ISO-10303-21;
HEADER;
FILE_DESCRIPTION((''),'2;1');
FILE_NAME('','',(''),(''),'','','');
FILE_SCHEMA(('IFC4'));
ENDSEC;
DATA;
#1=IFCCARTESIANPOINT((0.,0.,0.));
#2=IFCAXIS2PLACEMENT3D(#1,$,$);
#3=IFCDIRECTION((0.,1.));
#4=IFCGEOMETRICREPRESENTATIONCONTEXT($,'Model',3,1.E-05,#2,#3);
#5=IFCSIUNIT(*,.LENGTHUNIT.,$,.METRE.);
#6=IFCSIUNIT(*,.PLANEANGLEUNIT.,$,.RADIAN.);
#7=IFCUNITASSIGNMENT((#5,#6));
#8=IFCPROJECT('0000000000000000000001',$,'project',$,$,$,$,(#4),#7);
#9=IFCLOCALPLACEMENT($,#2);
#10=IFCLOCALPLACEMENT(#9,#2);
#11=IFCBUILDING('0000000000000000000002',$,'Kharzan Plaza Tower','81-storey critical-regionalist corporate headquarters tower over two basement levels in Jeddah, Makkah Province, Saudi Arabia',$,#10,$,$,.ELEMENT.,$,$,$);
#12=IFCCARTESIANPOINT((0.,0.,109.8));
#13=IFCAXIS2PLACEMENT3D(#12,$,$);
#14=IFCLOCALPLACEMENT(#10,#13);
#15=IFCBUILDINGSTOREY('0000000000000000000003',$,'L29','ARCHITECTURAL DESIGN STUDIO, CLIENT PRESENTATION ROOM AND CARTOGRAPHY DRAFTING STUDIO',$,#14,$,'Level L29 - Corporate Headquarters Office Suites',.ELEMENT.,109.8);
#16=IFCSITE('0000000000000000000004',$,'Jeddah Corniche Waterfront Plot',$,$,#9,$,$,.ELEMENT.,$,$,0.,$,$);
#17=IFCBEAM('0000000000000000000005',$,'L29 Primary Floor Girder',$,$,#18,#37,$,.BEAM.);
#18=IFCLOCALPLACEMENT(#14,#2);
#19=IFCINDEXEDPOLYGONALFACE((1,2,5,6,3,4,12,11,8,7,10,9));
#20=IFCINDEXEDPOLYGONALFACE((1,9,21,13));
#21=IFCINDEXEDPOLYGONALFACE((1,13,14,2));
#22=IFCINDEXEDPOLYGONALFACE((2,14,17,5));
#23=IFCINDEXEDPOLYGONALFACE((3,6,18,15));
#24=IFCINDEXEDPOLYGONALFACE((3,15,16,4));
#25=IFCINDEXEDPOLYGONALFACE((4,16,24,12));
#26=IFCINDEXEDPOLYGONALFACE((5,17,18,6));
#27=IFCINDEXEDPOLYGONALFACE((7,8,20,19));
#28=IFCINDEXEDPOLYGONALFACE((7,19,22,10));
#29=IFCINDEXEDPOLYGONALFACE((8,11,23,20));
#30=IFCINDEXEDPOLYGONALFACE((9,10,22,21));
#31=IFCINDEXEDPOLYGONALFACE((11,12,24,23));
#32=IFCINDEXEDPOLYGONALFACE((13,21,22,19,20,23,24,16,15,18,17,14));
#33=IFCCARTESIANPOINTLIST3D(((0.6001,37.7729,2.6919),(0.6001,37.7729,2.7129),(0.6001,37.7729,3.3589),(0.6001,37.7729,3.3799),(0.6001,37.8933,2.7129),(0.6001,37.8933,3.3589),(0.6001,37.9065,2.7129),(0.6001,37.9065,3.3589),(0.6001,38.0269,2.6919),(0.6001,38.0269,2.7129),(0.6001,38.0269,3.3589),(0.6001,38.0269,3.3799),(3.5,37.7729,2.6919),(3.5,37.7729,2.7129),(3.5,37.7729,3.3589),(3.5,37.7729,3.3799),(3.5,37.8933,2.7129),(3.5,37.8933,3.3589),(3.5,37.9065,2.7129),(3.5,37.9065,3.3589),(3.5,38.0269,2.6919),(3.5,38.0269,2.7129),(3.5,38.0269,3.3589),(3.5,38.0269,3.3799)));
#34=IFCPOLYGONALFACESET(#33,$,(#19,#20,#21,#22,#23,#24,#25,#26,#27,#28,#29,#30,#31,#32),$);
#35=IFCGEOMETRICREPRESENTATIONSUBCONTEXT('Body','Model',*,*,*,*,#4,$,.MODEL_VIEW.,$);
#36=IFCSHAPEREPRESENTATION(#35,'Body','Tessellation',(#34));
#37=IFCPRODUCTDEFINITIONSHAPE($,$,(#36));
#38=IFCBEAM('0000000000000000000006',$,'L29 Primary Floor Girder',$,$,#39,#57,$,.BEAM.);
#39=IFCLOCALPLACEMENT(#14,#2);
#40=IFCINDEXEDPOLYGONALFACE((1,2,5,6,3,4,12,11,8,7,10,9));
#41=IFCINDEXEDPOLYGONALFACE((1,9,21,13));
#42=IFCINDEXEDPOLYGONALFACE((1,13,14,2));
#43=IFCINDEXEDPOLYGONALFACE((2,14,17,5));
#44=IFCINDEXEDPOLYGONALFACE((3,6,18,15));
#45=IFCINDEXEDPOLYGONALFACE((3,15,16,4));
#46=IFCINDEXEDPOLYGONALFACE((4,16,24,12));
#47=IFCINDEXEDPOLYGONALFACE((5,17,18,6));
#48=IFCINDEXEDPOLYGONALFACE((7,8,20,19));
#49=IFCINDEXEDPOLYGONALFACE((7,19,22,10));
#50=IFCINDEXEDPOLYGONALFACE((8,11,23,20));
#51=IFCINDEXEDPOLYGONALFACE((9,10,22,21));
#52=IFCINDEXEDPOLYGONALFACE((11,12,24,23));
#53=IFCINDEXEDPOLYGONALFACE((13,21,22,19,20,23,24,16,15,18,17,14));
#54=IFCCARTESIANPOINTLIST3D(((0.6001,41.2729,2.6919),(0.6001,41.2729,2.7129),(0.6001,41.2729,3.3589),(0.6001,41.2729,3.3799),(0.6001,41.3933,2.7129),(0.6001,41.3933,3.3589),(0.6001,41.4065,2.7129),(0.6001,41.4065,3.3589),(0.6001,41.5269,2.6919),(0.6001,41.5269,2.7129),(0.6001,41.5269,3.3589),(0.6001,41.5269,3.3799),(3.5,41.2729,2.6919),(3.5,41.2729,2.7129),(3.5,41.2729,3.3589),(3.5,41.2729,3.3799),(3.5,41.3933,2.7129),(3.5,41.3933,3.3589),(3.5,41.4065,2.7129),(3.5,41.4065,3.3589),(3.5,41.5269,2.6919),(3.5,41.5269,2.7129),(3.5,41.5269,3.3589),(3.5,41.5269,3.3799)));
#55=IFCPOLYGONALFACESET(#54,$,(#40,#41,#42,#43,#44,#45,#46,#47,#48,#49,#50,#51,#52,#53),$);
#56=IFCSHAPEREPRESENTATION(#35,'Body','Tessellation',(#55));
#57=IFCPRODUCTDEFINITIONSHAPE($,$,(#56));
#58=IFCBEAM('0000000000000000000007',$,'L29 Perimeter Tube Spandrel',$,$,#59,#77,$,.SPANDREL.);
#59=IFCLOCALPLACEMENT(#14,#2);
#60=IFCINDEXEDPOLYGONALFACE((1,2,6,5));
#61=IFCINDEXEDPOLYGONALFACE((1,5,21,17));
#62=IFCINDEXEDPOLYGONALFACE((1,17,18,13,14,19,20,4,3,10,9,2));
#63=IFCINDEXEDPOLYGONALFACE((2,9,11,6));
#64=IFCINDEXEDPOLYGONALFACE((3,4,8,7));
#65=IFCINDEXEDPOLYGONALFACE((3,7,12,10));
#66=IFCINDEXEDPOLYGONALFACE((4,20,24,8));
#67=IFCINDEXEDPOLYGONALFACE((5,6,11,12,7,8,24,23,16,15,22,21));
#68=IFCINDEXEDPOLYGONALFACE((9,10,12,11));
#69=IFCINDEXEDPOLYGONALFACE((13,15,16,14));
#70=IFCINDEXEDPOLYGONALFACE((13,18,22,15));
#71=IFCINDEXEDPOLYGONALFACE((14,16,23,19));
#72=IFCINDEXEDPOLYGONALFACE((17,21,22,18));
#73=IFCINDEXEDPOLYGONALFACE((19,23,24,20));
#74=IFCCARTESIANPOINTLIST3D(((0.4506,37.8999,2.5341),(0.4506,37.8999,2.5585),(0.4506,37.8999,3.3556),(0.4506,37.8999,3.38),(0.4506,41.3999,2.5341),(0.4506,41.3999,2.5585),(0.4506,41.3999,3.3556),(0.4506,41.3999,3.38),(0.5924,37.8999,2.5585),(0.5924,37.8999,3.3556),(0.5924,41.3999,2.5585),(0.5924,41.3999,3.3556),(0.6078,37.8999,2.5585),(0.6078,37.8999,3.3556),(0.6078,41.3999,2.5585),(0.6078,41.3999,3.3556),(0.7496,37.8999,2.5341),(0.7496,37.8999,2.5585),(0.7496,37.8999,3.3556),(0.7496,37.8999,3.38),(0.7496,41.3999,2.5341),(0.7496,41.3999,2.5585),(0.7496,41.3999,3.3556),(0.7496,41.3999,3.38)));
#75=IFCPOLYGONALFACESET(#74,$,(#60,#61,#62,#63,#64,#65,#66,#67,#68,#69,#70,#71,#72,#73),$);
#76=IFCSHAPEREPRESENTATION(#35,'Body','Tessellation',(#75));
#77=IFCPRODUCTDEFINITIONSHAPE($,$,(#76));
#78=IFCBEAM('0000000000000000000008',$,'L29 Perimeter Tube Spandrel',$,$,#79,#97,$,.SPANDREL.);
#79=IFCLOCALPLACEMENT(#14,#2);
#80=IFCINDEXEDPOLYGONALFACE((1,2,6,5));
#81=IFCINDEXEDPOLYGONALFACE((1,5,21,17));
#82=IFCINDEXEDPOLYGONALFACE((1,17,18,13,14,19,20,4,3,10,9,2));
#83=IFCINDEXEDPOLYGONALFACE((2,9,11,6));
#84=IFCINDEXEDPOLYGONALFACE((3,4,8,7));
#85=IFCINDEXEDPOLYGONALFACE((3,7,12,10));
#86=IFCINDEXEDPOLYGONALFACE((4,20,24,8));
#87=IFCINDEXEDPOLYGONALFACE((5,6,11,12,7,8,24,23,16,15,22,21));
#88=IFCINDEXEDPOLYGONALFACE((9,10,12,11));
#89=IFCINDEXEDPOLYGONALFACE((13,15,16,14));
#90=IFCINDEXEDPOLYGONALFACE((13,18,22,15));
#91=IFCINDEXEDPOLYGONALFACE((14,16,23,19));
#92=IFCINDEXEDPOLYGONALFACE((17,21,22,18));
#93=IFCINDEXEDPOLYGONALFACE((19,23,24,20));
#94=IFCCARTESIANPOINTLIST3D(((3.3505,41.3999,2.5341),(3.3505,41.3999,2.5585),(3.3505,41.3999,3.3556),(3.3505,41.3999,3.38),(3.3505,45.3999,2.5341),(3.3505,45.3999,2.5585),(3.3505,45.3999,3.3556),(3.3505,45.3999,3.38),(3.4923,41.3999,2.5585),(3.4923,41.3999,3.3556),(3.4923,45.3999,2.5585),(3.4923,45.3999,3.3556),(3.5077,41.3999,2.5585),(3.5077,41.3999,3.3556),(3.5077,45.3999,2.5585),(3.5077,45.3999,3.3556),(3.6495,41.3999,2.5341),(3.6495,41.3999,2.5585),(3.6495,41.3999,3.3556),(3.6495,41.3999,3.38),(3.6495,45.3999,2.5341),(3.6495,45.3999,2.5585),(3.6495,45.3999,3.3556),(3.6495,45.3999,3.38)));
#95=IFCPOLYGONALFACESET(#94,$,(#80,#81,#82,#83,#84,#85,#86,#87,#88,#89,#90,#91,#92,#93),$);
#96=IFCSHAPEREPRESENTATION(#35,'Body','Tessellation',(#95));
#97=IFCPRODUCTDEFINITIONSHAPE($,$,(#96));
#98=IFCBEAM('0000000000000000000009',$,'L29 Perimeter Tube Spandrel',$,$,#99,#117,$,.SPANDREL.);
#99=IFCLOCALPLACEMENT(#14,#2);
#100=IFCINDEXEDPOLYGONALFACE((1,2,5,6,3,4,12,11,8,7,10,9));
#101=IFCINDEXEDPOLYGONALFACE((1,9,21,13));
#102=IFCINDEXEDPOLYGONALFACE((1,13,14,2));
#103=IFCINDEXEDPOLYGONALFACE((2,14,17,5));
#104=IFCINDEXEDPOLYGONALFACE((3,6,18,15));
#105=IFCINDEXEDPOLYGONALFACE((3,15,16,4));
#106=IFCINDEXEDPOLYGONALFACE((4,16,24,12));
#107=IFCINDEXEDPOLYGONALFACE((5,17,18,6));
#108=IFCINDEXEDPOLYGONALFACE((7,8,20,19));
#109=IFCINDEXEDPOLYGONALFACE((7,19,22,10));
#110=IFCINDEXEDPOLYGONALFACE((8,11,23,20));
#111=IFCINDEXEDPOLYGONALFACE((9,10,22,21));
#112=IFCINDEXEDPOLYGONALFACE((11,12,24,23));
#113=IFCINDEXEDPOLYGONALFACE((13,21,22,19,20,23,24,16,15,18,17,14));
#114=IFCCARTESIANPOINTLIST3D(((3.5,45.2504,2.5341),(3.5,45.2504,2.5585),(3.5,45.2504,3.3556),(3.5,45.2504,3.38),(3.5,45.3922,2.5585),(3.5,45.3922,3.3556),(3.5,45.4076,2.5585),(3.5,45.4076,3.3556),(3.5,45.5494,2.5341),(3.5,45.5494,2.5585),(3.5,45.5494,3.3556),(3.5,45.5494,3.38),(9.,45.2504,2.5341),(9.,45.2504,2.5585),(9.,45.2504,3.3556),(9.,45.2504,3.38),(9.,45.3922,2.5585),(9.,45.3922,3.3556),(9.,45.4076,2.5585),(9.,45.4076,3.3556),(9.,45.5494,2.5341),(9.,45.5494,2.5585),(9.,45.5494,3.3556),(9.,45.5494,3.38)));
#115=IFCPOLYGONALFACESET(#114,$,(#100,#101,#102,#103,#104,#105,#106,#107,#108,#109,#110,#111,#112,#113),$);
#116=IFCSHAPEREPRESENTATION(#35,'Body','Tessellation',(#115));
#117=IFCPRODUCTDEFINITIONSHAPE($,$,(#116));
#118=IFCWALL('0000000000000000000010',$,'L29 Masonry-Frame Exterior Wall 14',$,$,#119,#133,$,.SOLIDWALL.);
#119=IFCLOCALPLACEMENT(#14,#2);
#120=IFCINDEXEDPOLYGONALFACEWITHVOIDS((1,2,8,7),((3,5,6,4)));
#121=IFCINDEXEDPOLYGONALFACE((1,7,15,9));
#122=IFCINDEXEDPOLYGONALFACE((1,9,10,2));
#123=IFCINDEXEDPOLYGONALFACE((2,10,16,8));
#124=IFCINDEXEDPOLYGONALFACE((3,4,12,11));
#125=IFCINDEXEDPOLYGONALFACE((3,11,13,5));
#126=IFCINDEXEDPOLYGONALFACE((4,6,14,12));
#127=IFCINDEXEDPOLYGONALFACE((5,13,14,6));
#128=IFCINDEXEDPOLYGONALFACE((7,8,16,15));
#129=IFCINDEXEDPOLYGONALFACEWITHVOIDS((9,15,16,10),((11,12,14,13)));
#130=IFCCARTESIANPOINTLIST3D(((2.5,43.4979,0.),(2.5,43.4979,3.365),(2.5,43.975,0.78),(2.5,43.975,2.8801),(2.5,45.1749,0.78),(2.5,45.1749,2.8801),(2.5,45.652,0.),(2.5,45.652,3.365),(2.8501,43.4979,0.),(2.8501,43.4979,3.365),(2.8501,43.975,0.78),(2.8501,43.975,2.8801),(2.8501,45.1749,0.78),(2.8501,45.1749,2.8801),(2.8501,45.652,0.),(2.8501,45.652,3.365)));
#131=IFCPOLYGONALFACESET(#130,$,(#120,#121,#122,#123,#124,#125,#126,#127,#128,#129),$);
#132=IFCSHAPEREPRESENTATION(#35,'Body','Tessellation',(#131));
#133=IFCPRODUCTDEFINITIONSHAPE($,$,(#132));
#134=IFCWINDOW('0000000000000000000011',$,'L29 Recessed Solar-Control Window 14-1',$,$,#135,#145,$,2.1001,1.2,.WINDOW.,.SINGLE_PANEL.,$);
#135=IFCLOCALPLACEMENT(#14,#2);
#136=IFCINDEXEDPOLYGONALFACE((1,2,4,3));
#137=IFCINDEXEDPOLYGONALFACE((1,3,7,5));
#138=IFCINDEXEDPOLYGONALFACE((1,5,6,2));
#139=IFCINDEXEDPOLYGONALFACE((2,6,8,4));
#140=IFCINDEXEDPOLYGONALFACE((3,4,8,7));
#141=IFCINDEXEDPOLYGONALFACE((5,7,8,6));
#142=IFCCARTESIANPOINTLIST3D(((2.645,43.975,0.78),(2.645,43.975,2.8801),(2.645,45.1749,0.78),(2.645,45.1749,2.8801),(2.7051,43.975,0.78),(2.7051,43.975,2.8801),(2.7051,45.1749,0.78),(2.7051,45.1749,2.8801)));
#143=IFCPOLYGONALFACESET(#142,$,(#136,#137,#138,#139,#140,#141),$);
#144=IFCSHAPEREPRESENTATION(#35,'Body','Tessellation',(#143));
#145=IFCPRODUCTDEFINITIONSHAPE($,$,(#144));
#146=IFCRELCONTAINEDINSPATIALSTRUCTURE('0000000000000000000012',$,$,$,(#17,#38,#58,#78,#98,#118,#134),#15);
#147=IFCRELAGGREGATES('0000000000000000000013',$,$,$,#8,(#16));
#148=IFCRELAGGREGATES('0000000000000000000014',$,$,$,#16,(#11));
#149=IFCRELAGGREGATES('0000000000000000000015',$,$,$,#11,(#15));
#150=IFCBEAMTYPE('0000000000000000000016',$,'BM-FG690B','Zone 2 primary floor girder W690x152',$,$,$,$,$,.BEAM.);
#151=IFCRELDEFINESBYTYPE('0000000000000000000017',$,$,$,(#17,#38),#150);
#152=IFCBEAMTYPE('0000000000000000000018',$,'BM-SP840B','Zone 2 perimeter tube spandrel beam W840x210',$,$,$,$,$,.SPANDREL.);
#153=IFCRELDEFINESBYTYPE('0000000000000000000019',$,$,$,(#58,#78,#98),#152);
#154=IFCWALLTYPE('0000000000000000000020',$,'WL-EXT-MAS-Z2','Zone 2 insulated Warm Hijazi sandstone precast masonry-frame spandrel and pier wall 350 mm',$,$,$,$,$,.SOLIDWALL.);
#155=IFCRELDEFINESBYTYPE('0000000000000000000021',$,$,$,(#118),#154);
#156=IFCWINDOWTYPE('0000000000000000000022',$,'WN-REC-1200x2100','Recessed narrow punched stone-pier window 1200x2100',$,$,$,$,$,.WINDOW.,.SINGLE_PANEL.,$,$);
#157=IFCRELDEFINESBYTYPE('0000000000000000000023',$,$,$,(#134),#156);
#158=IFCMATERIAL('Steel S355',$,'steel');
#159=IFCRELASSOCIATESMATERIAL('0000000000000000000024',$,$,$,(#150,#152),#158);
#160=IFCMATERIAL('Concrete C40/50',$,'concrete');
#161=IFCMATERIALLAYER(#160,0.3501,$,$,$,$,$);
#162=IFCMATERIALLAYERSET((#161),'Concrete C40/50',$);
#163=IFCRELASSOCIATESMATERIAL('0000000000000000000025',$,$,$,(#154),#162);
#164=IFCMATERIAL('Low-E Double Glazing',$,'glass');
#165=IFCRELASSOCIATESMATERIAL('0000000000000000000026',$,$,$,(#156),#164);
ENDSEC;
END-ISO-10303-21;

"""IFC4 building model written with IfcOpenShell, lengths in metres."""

from ifc_helpers import new_model, si_unit, direction, frame, frame_2d, origin, origin_2d, place, context, subcontext, project, spatial, rectangle, i_section, extrude, source, transform, mapped, material, layer, layer_set, material_profile, profile_set, type_object, element, fill, save


model = new_model("IFC4")

# Units and contexts
model_context = context("Model", 3, precision=1e-05, world=origin(), true_north=direction((0.0, 1.0)))
body_context = subcontext(model_context, "Body", "Model", "MODEL_VIEW")
ifc_project = project(units=[si_unit("LENGTHUNIT", "METRE"), si_unit("PLANEANGLEUNIT", "RADIAN")], contexts=[model_context])

# Site, building, storey
site_placement = place(None, origin())
site = spatial("IfcSite", under=ifc_project, at=site_placement, Name="Jeddah Corniche Waterfront Plot", CompositionType="ELEMENT", RefElevation=0.0)
building_placement = place(site_placement, origin())
building = spatial("IfcBuilding", under=site, at=building_placement, Name="Kharzan Plaza Tower", Description="81-storey critical-regionalist corporate headquarters tower over two basement levels in Jeddah, Makkah Province, Saudi Arabia", CompositionType="ELEMENT")
storey_placement = place(building_placement, frame((0.0, 0.0, 109.8)))
storey = spatial("IfcBuildingStorey", under=building, at=storey_placement, Name="L29", Description="ARCHITECTURAL DESIGN STUDIO, CLIENT PRESENTATION ROOM AND CARTOGRAPHY DRAFTING STUDIO", LongName="Level L29 - Corporate Headquarters Office Suites", CompositionType="ELEMENT", Elevation=109.8)

# Beams
ifc_material_1 = material(Name="Steel S355", Category="steel")
ifc_material_profile_1 = material_profile(ifc_material_1, i_section(OverallWidth=0.2539, OverallDepth=0.688, WebThickness=0.0132, FlangeThickness=0.021, at=origin_2d()), Name="W690x152")
ifc_profile_set_1 = profile_set([ifc_material_profile_1], Name="Steel S355")
beam_type_1 = type_object("IfcBeamType", Name="BM-FG690B", Description="Zone 2 primary floor girder W690x152", PredefinedType="BEAM", material=ifc_profile_set_1)
shared_shape_1 = source(origin(), body_context, "Body", "SweptSolid", [
    extrude(i_section(OverallWidth=0.2539, OverallDepth=0.688, WebThickness=0.0132, FlangeThickness=0.021, at=origin_2d()), origin(), (0.0, 0.0, 1.0), 2.8999),
])
for number, where, z_axis, x_axis, name in (
    (1, (0.6001, 37.8999, 3.0359), (1.0, 0.0, 0.0), (0.0, 1.0, 0.0), "L29 Primary Floor Girder"),
    (2, (0.6001, 41.3999, 3.0359), (1.0, 0.0, 0.0), (0.0, 1.0, 0.0), "L29 Primary Floor Girder"),
):
    element("IfcBeam", number, at=place(storey_placement, frame(where, z_axis=z_axis, x_axis=x_axis)), inside=storey, type_object=beam_type_1, Name=name, PredefinedType="BEAM", context=body_context, shape_type="MappedRepresentation", body=[
        mapped(shared_shape_1, transform((0.0, 0.0, 0.0), x_axis=(1.0, 0.0, 0.0), y_axis=(0.0, 1.0, 0.0), z_axis=(0.0, 0.0, 1.0))),
    ])
ifc_material_profile_2 = material_profile(ifc_material_1, i_section(OverallWidth=0.2991, OverallDepth=0.8459, WebThickness=0.0154, FlangeThickness=0.0244, at=origin_2d()), Name="W840x210")
ifc_profile_set_2 = profile_set([ifc_material_profile_2], Name="Steel S355")
beam_type_2 = type_object("IfcBeamType", Name="BM-SP840B", Description="Zone 2 perimeter tube spandrel beam W840x210", PredefinedType="SPANDREL", material=ifc_profile_set_2)
shared_shape_2 = source(origin(), body_context, "Body", "SweptSolid", [
    extrude(i_section(OverallWidth=0.2991, OverallDepth=0.8459, WebThickness=0.0154, FlangeThickness=0.0244, at=origin_2d()), origin(), (0.0, 0.0, 1.0), 3.5),
])
beam_1_placement = place(storey_placement, frame((0.6001, 37.8999, 2.957), z_axis=(0.0, 1.0, 0.0), x_axis=(-1.0, 0.0, 0.0)))
element("IfcBeam", 3, at=beam_1_placement, inside=storey, type_object=beam_type_2, Name="L29 Perimeter Tube Spandrel", PredefinedType="SPANDREL", context=body_context, shape_type="MappedRepresentation", body=[
    mapped(shared_shape_2, transform((0.0, 0.0, 0.0), x_axis=(1.0, 0.0, 0.0), y_axis=(0.0, 1.0, 0.0), z_axis=(0.0, 0.0, 1.0))),
])
shared_shape_3 = source(origin(), body_context, "Body", "SweptSolid", [
    extrude(i_section(OverallWidth=0.2991, OverallDepth=0.8459, WebThickness=0.0154, FlangeThickness=0.0244, at=origin_2d()), origin(), (0.0, 0.0, 1.0), 4.0),
])
beam_2_placement = place(storey_placement, frame((3.5, 41.3999, 2.957), z_axis=(0.0, 1.0, 0.0), x_axis=(-1.0, 0.0, 0.0)))
element("IfcBeam", 4, at=beam_2_placement, inside=storey, type_object=beam_type_2, Name="L29 Perimeter Tube Spandrel", PredefinedType="SPANDREL", context=body_context, shape_type="MappedRepresentation", body=[
    mapped(shared_shape_3, transform((0.0, 0.0, 0.0), x_axis=(1.0, 0.0, 0.0), y_axis=(0.0, 1.0, 0.0), z_axis=(0.0, 0.0, 1.0))),
])
shared_shape_4 = source(origin(), body_context, "Body", "SweptSolid", [
    extrude(i_section(OverallWidth=0.2991, OverallDepth=0.8459, WebThickness=0.0154, FlangeThickness=0.0244, at=origin_2d()), origin(), (0.0, 0.0, 1.0), 5.5),
])
beam_3_placement = place(storey_placement, frame((3.5, 45.3999, 2.957), z_axis=(1.0, 0.0, 0.0), x_axis=(0.0, 1.0, 0.0)))
element("IfcBeam", 5, at=beam_3_placement, inside=storey, type_object=beam_type_2, Name="L29 Perimeter Tube Spandrel", PredefinedType="SPANDREL", context=body_context, shape_type="MappedRepresentation", body=[
    mapped(shared_shape_4, transform((0.0, 0.0, 0.0), x_axis=(1.0, 0.0, 0.0), y_axis=(0.0, 1.0, 0.0), z_axis=(0.0, 0.0, 1.0))),
])

# Wall, opening, window
ifc_material_2 = material(Name="Concrete C40/50", Category="concrete")
ifc_layer_1 = layer(ifc_material_2, 0.3501)
ifc_layer_set_1 = layer_set([ifc_layer_1], Name="Concrete C40/50")
wall_type_1 = type_object("IfcWallType", Name="WL-EXT-MAS-Z2", Description="Zone 2 insulated Warm Hijazi sandstone precast masonry-frame spandrel and pier wall 350 mm", PredefinedType="SOLIDWALL", material=ifc_layer_set_1)
wall_1_placement = place(storey_placement, frame((2.675, 45.6521, 0.0), z_axis=(0.0, 0.0, 1.0), x_axis=(0.0, -1.0, 0.0)))
wall_1 = element("IfcWall", 6, at=wall_1_placement, inside=storey, type_object=wall_type_1, Name="L29 Masonry-Frame Exterior Wall 14", PredefinedType="SOLIDWALL", context=body_context, shape_type="SweptSolid", body=[
    extrude(rectangle(XDim=2.1541, YDim=0.3501, at=frame_2d((1.0771, 0.0))), origin(), (0.0, 0.0, 1.0), 3.365),
])
opening_1_placement = place(wall_1_placement, frame((0.4771, 0.0, 0.78)))
opening_1 = element("IfcOpeningElement", 7, at=opening_1_placement, cuts=wall_1, PredefinedType="OPENING", context=body_context, shape_type="SweptSolid", body=[
    extrude(rectangle(XDim=1.2, YDim=2.1001, at=frame_2d((0.6001, 1.05))), frame((0.0, 0.1851, 0.0), z_axis=(0.0, -1.0, 0.0), x_axis=(1.0, 0.0, 0.0)), (0.0, 0.0, 1.0), 0.3701),
])
ifc_material_3 = material(Name="Low-E Double Glazing", Category="glass")
window_type_1 = type_object("IfcWindowType", Name="WN-REC-1200x2100", Description="Recessed narrow punched stone-pier window 1200x2100", PartitioningType="SINGLE_PANEL", PredefinedType="WINDOW", material=ifc_material_3)
shared_shape_5 = source(origin(), body_context, "Body", "SweptSolid", [
    extrude(rectangle(XDim=1.2, YDim=2.1001, at=frame_2d((0.6001, 1.05))), frame((0.0, 0.03, 0.0), z_axis=(0.0, -1.0, 0.0), x_axis=(1.0, 0.0, 0.0)), (0.0, 0.0, 1.0), 0.0601),
])
window_1_placement = place(opening_1_placement, origin())
window_1 = element("IfcWindow", 8, at=window_1_placement, inside=storey, type_object=window_type_1, Name="L29 Recessed Solar-Control Window 14-1", OverallHeight=2.1001, OverallWidth=1.2, PartitioningType="SINGLE_PANEL", PredefinedType="WINDOW", context=body_context, shape_type="MappedRepresentation", body=[
    mapped(shared_shape_5, transform((0.0, 0.0, 0.0), x_axis=(1.0, 0.0, 0.0), y_axis=(0.0, 1.0, 0.0), z_axis=(0.0, 0.0, 1.0))),
])
fill(opening_1, window_1)

save(model, "model.ifc")
